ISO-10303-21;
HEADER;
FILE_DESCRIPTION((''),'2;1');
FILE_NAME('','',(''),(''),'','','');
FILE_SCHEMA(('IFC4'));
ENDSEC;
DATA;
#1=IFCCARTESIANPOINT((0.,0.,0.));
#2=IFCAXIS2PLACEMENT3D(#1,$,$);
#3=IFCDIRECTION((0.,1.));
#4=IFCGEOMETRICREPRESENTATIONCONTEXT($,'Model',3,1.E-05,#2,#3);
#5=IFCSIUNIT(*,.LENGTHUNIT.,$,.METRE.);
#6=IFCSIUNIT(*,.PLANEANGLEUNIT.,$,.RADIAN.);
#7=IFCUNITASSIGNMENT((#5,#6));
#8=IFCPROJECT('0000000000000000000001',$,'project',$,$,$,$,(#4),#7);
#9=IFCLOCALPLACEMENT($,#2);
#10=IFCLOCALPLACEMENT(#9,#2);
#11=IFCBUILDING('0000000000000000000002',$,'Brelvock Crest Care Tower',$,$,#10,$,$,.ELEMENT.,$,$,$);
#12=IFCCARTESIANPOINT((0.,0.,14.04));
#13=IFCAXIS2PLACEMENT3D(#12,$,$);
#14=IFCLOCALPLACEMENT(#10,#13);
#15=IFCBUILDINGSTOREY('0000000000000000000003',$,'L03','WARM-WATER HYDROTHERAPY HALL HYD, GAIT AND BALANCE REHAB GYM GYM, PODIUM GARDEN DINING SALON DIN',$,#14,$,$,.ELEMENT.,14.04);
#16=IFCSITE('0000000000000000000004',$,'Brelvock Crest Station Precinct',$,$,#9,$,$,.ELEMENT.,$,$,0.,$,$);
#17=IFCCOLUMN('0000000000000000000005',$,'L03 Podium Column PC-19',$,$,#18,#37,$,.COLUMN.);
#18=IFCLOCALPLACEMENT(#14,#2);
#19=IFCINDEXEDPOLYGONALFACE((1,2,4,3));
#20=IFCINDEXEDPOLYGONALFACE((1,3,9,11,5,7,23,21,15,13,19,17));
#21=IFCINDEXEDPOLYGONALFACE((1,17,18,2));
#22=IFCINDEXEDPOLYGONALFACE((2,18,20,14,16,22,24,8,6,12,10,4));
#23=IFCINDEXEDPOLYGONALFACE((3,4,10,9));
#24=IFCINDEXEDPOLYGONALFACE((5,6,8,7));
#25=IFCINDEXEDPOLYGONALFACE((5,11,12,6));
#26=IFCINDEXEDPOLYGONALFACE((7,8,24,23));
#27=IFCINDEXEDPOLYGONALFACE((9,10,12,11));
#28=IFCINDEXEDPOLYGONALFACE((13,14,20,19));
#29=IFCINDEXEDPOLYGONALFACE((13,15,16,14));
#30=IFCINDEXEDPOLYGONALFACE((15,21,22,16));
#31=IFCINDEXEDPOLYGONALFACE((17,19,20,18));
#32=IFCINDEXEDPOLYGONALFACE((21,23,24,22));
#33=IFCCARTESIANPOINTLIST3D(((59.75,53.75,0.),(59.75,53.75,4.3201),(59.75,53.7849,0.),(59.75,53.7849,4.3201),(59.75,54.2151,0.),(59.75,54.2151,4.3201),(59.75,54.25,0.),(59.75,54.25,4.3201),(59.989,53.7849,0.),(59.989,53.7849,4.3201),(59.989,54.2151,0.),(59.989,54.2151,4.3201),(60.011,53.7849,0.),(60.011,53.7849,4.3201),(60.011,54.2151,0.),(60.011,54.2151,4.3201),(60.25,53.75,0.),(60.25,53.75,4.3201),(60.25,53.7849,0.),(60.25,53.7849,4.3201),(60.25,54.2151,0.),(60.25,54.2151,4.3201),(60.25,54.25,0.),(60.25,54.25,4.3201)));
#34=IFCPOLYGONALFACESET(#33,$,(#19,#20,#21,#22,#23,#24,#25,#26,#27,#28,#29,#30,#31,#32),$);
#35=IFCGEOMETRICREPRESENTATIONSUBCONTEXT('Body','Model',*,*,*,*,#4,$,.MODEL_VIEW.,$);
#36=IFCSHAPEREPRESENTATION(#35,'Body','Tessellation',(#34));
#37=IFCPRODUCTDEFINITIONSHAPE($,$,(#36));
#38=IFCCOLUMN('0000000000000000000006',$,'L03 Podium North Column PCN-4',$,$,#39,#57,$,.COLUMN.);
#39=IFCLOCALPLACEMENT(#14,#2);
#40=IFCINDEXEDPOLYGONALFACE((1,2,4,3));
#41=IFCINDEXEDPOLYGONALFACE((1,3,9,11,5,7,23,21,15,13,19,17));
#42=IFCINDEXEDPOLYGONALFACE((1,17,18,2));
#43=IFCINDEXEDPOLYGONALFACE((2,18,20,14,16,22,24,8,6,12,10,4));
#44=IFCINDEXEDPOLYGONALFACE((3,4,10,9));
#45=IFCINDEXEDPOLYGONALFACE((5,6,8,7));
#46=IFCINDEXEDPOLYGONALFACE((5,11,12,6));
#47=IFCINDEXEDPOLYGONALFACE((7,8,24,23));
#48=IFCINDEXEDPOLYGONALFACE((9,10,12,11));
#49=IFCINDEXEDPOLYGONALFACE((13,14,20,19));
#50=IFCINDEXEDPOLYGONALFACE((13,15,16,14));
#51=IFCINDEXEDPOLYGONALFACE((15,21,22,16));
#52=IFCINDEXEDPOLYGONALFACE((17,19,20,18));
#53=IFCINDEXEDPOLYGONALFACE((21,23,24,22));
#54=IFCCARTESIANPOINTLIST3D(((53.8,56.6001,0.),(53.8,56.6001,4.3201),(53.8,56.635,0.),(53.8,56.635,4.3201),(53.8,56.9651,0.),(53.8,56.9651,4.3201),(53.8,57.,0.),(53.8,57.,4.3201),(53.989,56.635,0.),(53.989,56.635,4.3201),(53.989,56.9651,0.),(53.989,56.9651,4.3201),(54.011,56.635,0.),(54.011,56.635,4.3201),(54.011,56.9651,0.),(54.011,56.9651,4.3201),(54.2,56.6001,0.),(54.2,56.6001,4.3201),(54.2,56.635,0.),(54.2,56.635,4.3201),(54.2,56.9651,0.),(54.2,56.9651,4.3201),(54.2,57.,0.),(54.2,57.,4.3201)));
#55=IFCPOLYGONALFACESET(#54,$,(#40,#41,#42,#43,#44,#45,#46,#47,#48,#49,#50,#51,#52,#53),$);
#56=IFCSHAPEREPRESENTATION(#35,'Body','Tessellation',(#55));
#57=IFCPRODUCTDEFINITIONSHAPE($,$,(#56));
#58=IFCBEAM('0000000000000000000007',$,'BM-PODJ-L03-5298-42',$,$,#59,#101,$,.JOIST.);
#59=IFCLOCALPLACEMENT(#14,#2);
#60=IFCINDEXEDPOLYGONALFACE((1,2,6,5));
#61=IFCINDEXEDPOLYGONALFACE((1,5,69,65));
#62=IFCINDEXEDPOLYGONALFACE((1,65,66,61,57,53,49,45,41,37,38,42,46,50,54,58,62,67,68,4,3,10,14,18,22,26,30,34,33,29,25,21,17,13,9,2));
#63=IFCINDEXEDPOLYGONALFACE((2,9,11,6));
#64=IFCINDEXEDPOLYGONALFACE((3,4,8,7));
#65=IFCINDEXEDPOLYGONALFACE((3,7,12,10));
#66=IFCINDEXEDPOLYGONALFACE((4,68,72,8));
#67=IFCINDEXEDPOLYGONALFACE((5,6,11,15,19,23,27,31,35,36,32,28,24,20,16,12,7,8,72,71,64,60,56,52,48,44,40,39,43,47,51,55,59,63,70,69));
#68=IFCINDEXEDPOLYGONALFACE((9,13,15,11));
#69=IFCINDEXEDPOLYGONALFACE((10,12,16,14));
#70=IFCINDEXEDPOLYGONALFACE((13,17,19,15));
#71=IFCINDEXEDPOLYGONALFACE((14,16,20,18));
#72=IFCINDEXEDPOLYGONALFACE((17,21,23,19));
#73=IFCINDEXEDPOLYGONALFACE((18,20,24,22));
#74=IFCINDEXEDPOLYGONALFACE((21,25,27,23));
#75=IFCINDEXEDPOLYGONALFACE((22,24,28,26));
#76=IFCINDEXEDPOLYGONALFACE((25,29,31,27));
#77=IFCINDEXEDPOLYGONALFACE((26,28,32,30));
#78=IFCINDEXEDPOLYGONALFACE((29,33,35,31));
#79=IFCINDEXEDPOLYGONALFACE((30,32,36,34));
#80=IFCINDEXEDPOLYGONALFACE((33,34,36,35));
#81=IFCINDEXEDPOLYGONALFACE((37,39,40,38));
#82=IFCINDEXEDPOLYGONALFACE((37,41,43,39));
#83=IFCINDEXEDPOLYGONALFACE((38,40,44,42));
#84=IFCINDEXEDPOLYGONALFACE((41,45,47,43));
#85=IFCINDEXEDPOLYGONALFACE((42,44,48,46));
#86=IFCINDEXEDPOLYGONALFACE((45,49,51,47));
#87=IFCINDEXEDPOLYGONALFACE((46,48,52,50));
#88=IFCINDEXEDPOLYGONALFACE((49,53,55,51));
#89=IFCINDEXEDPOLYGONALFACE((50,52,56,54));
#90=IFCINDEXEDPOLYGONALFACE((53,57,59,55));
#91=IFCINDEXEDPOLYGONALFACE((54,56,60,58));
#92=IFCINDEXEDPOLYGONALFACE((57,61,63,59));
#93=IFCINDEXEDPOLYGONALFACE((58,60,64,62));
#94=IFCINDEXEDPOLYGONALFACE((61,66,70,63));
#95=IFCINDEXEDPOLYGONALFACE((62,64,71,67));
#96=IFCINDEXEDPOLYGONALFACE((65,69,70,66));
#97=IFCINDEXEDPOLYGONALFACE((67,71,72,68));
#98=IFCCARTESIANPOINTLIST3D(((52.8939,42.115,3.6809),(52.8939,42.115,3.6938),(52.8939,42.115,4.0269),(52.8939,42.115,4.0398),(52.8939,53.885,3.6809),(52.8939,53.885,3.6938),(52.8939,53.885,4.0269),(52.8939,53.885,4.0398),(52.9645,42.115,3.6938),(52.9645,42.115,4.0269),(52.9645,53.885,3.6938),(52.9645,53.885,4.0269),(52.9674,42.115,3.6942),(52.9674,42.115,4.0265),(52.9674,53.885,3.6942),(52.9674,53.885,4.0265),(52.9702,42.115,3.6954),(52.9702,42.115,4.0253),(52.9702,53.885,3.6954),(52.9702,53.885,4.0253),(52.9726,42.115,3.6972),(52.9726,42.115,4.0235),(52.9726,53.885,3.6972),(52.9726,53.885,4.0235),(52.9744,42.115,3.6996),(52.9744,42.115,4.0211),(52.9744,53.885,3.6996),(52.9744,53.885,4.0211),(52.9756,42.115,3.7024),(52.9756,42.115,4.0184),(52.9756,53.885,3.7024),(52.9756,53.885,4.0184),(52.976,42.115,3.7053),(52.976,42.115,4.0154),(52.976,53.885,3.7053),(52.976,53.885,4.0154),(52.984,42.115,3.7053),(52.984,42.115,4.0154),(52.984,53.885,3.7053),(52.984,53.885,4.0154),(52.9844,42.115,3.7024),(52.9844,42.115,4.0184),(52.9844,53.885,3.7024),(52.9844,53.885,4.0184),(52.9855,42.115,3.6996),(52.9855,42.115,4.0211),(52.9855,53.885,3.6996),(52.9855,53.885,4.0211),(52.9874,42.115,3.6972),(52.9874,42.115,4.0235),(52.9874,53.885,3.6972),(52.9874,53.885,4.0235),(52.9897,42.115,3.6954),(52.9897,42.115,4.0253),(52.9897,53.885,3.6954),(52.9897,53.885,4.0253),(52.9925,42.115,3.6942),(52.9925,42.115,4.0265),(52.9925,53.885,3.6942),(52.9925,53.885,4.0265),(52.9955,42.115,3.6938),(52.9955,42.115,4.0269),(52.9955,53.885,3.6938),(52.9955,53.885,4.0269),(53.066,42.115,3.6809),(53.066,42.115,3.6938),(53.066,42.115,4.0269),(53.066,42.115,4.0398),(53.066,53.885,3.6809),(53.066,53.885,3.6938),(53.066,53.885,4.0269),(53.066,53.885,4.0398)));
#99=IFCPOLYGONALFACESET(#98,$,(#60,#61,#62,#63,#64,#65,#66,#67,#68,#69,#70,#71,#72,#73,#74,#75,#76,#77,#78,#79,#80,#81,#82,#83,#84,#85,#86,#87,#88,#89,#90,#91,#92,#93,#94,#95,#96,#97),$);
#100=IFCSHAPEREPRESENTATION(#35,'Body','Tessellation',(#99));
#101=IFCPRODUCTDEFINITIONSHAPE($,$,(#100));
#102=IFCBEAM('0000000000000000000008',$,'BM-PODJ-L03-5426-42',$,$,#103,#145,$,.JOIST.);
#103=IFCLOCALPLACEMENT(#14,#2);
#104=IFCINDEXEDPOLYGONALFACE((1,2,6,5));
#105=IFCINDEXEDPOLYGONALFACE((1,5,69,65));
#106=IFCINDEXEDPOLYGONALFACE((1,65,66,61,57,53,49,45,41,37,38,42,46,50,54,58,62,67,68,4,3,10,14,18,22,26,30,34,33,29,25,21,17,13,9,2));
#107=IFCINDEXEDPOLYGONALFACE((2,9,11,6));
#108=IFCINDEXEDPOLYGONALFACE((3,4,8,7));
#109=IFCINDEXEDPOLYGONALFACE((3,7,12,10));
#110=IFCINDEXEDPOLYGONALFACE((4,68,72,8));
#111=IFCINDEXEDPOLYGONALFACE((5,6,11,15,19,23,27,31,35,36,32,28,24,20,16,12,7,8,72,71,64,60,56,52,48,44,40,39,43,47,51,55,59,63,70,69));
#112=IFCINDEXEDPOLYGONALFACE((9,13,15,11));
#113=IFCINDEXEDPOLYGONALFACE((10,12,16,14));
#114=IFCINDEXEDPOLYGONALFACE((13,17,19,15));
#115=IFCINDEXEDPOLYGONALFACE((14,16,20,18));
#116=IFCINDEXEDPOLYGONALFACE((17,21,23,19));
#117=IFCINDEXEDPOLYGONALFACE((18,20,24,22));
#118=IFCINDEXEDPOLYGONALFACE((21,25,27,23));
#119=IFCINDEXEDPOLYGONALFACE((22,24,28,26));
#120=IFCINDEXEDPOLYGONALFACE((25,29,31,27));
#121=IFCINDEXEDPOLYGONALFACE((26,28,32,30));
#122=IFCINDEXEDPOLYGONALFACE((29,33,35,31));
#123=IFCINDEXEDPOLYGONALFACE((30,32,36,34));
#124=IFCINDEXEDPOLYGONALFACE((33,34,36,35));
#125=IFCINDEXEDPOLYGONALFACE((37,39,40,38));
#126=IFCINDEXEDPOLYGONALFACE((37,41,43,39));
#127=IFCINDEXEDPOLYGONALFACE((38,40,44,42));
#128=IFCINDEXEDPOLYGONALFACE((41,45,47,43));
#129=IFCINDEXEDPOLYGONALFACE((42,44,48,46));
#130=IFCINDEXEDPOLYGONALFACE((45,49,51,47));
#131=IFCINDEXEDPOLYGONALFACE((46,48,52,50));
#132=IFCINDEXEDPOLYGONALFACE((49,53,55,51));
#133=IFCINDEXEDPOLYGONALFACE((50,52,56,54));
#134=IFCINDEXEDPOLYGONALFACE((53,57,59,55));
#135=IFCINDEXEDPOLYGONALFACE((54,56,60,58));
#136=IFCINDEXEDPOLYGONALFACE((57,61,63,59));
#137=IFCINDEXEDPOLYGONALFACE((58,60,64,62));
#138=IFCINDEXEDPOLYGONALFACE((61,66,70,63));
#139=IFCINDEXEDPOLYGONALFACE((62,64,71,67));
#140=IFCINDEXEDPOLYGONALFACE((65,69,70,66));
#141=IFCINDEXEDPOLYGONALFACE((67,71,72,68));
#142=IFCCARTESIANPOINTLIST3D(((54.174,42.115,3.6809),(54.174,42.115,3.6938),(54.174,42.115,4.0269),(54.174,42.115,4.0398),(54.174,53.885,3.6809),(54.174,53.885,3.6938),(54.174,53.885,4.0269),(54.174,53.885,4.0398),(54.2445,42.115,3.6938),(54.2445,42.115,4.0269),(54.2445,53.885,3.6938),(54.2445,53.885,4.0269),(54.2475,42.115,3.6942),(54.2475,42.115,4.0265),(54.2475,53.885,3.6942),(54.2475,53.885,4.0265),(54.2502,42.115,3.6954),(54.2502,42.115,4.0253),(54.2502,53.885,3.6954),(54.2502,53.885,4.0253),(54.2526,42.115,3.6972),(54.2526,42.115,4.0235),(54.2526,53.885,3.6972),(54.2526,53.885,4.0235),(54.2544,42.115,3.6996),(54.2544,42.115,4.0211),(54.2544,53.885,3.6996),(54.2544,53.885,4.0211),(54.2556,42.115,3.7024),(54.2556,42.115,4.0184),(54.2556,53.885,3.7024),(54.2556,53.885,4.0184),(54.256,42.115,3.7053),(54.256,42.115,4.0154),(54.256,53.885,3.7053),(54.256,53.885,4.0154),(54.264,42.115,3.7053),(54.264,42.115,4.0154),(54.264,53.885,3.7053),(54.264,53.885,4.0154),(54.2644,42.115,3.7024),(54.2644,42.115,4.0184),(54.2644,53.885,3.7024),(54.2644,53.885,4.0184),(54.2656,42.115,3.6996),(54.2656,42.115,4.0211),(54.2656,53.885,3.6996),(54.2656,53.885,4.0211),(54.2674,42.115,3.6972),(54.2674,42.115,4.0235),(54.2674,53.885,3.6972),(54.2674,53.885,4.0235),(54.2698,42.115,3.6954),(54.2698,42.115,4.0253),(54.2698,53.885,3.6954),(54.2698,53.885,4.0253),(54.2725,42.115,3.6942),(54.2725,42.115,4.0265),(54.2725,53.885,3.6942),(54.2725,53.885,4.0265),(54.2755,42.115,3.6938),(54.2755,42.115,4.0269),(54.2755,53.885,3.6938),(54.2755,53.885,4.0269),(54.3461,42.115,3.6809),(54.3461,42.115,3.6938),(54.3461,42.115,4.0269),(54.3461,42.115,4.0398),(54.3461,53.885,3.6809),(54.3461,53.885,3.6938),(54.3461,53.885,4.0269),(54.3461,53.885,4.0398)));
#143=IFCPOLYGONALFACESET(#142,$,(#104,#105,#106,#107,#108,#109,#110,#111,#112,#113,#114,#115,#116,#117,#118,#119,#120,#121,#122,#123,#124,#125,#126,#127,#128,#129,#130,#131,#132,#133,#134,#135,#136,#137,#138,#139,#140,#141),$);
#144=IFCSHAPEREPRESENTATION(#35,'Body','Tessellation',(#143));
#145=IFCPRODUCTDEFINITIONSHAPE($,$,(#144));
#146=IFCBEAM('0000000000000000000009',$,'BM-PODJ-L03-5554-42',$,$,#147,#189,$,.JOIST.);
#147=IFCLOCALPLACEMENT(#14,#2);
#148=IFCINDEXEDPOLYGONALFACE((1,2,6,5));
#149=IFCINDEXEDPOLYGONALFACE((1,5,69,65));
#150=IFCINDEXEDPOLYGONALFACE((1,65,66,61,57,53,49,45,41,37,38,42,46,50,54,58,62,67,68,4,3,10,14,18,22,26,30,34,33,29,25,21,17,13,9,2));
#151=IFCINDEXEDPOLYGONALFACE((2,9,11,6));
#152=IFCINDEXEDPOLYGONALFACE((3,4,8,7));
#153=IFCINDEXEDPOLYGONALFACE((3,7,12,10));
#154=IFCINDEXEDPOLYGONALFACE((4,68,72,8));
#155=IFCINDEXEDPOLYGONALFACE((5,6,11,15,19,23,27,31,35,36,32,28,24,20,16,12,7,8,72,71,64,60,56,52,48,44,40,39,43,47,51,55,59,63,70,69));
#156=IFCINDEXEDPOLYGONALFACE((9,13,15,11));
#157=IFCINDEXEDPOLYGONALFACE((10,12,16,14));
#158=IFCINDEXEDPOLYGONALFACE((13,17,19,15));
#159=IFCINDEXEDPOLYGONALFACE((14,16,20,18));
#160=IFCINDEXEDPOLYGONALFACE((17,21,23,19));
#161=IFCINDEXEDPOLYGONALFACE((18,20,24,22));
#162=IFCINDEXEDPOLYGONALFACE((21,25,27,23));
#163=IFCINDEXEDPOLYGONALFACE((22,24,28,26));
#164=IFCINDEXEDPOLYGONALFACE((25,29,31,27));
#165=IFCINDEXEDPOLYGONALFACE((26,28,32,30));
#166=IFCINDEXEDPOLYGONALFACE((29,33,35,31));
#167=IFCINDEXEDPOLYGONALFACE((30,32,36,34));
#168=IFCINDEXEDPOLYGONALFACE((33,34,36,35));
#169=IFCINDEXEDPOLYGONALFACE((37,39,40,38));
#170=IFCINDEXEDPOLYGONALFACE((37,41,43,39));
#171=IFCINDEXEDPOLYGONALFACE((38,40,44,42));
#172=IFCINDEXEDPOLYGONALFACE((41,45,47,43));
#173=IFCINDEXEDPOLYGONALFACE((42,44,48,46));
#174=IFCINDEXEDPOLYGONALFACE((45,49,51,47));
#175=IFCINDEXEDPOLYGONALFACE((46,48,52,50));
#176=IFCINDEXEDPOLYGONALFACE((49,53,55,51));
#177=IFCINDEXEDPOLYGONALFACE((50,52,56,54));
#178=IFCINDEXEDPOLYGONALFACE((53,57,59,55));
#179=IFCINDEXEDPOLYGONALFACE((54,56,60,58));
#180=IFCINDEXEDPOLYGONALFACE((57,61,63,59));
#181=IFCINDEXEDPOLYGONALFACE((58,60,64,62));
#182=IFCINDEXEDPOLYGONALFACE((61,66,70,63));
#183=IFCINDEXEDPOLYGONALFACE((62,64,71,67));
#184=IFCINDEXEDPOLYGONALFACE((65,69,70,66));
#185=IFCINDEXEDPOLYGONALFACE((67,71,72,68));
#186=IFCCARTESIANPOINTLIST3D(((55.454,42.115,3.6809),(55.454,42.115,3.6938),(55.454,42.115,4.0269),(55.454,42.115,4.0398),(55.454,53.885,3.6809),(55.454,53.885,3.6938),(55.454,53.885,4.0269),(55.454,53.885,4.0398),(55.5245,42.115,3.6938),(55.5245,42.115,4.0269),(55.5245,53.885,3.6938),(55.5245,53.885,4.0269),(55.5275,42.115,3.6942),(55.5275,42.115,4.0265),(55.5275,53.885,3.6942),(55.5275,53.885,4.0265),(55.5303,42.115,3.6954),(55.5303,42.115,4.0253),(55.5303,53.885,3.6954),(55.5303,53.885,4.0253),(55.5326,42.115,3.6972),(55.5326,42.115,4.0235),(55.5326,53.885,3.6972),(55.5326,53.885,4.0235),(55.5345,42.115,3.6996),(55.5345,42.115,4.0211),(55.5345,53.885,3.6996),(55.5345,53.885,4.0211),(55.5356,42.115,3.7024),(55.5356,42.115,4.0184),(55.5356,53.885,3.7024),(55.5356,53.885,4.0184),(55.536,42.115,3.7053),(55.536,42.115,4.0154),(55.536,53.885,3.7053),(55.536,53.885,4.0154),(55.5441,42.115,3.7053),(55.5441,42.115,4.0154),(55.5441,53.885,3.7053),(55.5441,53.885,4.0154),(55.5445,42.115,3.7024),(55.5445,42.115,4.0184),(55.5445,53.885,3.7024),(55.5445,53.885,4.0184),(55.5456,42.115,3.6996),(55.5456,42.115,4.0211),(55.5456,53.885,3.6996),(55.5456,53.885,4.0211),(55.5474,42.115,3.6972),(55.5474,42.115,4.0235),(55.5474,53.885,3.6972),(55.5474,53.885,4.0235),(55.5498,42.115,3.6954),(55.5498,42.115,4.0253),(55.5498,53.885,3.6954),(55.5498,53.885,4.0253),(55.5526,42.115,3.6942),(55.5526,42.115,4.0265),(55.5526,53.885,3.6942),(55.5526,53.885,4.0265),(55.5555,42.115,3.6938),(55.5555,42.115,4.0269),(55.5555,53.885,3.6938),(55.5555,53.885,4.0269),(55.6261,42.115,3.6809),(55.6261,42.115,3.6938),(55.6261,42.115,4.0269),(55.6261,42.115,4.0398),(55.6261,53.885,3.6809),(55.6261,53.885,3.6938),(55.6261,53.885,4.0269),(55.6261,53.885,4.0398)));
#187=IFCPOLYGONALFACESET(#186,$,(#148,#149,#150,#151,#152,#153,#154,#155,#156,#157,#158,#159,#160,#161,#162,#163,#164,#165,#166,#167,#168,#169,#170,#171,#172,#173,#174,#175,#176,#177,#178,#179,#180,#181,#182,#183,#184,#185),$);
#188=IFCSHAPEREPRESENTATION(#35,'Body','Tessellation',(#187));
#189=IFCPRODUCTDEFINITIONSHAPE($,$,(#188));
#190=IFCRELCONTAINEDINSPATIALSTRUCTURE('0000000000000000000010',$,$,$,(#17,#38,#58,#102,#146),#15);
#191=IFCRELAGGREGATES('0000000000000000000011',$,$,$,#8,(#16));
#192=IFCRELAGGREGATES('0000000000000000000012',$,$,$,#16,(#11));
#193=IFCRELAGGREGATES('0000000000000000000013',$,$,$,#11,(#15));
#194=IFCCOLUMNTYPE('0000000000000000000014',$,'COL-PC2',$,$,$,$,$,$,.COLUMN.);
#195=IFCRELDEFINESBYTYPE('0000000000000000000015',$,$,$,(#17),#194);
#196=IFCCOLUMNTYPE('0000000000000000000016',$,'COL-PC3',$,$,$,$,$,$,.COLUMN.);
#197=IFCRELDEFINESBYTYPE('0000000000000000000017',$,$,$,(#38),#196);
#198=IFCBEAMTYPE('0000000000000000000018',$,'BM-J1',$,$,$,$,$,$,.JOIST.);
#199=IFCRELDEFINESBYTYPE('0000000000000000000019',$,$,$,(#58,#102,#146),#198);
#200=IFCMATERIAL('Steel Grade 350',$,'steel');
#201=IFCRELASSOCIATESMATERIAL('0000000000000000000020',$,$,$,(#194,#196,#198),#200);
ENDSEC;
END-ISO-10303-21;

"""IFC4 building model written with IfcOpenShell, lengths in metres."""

from ifc_helpers import new_model, si_unit, direction, frame, origin, origin_2d, place, context, subcontext, project, spatial, i_section, extrude, source, transform, mapped, material, material_profile, profile_set, type_object, element, save


model = new_model("IFC4")

# Units and contexts
model_context = context("Model", 3, precision=1e-05, world=origin(), true_north=direction((0.0, 1.0)))
body_context = subcontext(model_context, "Body", "Model", "MODEL_VIEW")
ifc_project = project(units=[si_unit("LENGTHUNIT", "METRE"), si_unit("PLANEANGLEUNIT", "RADIAN")], contexts=[model_context])

# Site, building, storey
site_placement = place(None, origin())
site = spatial("IfcSite", under=ifc_project, at=site_placement, Name="Brelvock Crest Station Precinct", CompositionType="ELEMENT", RefElevation=0.0)
building_placement = place(site_placement, origin())
building = spatial("IfcBuilding", under=site, at=building_placement, Name="Brelvock Crest Care Tower", CompositionType="ELEMENT")
storey_placement = place(building_placement, frame((0.0, 0.0, 14.04)))
storey = spatial("IfcBuildingStorey", under=building, at=storey_placement, Name="L03", Description="WARM-WATER HYDROTHERAPY HALL HYD, GAIT AND BALANCE REHAB GYM GYM, PODIUM GARDEN DINING SALON DIN", CompositionType="ELEMENT", Elevation=14.04)

# Columns
ifc_material_1 = material(Name="Steel Grade 350", Category="steel")
ifc_material_profile_1 = material_profile(ifc_material_1, i_section(OverallWidth=0.5, OverallDepth=0.5, WebThickness=0.022, FlangeThickness=0.0349, at=origin_2d()), Name="500WC340")
ifc_profile_set_1 = profile_set([ifc_material_profile_1], Name="Steel Grade 350")
column_type_1 = type_object("IfcColumnType", Name="COL-PC2", PredefinedType="COLUMN", material=ifc_profile_set_1)
shared_shape_1 = source(origin(), body_context, "Body", "SweptSolid", [
    extrude(i_section(OverallWidth=0.5, OverallDepth=0.5, WebThickness=0.022, FlangeThickness=0.0349, at=origin_2d()), origin(), (0.0, 0.0, 1.0), 4.3201),
])
column_1_placement = place(storey_placement, frame((60.0, 54.0, 0.0), z_axis=(0.0, 0.0, 1.0), x_axis=(1.0, 0.0, 0.0)))
element("IfcColumn", 1, at=column_1_placement, inside=storey, type_object=column_type_1, Name="L03 Podium Column PC-19", PredefinedType="COLUMN", context=body_context, shape_type="MappedRepresentation", body=[
    mapped(shared_shape_1, transform((0.0, 0.0, 0.0), x_axis=(1.0, 0.0, 0.0), y_axis=(0.0, 1.0, 0.0), z_axis=(0.0, 0.0, 1.0), scale=1.0)),
])
ifc_material_profile_2 = material_profile(ifc_material_1, i_section(OverallWidth=0.3999, OverallDepth=0.3999, WebThickness=0.022, FlangeThickness=0.0349, at=origin_2d()), Name="400WC270")
ifc_profile_set_2 = profile_set([ifc_material_profile_2], Name="Steel Grade 350")
column_type_2 = type_object("IfcColumnType", Name="COL-PC3", PredefinedType="COLUMN", material=ifc_profile_set_2)
shared_shape_2 = source(origin(), body_context, "Body", "SweptSolid", [
    extrude(i_section(OverallWidth=0.3999, OverallDepth=0.3999, WebThickness=0.022, FlangeThickness=0.0349, at=origin_2d()), origin(), (0.0, 0.0, 1.0), 4.3201),
])
column_2_placement = place(storey_placement, frame((54.0, 56.8, 0.0), z_axis=(0.0, 0.0, 1.0), x_axis=(1.0, 0.0, 0.0)))
element("IfcColumn", 2, at=column_2_placement, inside=storey, type_object=column_type_2, Name="L03 Podium North Column PCN-4", PredefinedType="COLUMN", context=body_context, shape_type="MappedRepresentation", body=[
    mapped(shared_shape_2, transform((0.0, 0.0, 0.0), x_axis=(1.0, 0.0, 0.0), y_axis=(0.0, 1.0, 0.0), z_axis=(0.0, 0.0, 1.0), scale=1.0)),
])

# Beams
ifc_material_profile_3 = material_profile(ifc_material_1, i_section(OverallWidth=0.1721, OverallDepth=0.3589, WebThickness=0.0081, FlangeThickness=0.0129, FilletRadius=0.0115, at=origin_2d()), Name="360UB56.7")
ifc_profile_set_3 = profile_set([ifc_material_profile_3], Name="Steel Grade 350")
beam_type = type_object("IfcBeamType", Name="BM-J1", PredefinedType="JOIST", material=ifc_profile_set_3)
shared_shape_3 = source(origin(), body_context, "Body", "SweptSolid", [
    extrude(i_section(OverallWidth=0.1721, OverallDepth=0.3589, WebThickness=0.0081, FlangeThickness=0.0129, FilletRadius=0.0115, at=origin_2d()), origin(), (0.0, 0.0, 1.0), 11.77),
])
for number, where, z_axis, x_axis, name in (
    (3, (52.98, 42.115, 3.8604), (0.0, 1.0, 0.0), (-1.0, 0.0, 0.0), "BM-PODJ-L03-5298-42"),
    (4, (54.26, 42.115, 3.8604), (0.0, 1.0, 0.0), (-1.0, 0.0, 0.0), "BM-PODJ-L03-5426-42"),
    (5, (55.54, 42.115, 3.8604), (0.0, 1.0, 0.0), (-1.0, 0.0, 0.0), "BM-PODJ-L03-5554-42"),
):
    element("IfcBeam", number, at=place(storey_placement, frame(where, z_axis=z_axis, x_axis=x_axis)), inside=storey, type_object=beam_type, Name=name, PredefinedType="JOIST", context=body_context, shape_type="MappedRepresentation", body=[
        mapped(shared_shape_3, transform((0.0, 0.0, 0.0), x_axis=(1.0, 0.0, 0.0), y_axis=(0.0, 1.0, 0.0), z_axis=(0.0, 0.0, 1.0), scale=1.0)),
    ])

save(model, "model.ifc")
